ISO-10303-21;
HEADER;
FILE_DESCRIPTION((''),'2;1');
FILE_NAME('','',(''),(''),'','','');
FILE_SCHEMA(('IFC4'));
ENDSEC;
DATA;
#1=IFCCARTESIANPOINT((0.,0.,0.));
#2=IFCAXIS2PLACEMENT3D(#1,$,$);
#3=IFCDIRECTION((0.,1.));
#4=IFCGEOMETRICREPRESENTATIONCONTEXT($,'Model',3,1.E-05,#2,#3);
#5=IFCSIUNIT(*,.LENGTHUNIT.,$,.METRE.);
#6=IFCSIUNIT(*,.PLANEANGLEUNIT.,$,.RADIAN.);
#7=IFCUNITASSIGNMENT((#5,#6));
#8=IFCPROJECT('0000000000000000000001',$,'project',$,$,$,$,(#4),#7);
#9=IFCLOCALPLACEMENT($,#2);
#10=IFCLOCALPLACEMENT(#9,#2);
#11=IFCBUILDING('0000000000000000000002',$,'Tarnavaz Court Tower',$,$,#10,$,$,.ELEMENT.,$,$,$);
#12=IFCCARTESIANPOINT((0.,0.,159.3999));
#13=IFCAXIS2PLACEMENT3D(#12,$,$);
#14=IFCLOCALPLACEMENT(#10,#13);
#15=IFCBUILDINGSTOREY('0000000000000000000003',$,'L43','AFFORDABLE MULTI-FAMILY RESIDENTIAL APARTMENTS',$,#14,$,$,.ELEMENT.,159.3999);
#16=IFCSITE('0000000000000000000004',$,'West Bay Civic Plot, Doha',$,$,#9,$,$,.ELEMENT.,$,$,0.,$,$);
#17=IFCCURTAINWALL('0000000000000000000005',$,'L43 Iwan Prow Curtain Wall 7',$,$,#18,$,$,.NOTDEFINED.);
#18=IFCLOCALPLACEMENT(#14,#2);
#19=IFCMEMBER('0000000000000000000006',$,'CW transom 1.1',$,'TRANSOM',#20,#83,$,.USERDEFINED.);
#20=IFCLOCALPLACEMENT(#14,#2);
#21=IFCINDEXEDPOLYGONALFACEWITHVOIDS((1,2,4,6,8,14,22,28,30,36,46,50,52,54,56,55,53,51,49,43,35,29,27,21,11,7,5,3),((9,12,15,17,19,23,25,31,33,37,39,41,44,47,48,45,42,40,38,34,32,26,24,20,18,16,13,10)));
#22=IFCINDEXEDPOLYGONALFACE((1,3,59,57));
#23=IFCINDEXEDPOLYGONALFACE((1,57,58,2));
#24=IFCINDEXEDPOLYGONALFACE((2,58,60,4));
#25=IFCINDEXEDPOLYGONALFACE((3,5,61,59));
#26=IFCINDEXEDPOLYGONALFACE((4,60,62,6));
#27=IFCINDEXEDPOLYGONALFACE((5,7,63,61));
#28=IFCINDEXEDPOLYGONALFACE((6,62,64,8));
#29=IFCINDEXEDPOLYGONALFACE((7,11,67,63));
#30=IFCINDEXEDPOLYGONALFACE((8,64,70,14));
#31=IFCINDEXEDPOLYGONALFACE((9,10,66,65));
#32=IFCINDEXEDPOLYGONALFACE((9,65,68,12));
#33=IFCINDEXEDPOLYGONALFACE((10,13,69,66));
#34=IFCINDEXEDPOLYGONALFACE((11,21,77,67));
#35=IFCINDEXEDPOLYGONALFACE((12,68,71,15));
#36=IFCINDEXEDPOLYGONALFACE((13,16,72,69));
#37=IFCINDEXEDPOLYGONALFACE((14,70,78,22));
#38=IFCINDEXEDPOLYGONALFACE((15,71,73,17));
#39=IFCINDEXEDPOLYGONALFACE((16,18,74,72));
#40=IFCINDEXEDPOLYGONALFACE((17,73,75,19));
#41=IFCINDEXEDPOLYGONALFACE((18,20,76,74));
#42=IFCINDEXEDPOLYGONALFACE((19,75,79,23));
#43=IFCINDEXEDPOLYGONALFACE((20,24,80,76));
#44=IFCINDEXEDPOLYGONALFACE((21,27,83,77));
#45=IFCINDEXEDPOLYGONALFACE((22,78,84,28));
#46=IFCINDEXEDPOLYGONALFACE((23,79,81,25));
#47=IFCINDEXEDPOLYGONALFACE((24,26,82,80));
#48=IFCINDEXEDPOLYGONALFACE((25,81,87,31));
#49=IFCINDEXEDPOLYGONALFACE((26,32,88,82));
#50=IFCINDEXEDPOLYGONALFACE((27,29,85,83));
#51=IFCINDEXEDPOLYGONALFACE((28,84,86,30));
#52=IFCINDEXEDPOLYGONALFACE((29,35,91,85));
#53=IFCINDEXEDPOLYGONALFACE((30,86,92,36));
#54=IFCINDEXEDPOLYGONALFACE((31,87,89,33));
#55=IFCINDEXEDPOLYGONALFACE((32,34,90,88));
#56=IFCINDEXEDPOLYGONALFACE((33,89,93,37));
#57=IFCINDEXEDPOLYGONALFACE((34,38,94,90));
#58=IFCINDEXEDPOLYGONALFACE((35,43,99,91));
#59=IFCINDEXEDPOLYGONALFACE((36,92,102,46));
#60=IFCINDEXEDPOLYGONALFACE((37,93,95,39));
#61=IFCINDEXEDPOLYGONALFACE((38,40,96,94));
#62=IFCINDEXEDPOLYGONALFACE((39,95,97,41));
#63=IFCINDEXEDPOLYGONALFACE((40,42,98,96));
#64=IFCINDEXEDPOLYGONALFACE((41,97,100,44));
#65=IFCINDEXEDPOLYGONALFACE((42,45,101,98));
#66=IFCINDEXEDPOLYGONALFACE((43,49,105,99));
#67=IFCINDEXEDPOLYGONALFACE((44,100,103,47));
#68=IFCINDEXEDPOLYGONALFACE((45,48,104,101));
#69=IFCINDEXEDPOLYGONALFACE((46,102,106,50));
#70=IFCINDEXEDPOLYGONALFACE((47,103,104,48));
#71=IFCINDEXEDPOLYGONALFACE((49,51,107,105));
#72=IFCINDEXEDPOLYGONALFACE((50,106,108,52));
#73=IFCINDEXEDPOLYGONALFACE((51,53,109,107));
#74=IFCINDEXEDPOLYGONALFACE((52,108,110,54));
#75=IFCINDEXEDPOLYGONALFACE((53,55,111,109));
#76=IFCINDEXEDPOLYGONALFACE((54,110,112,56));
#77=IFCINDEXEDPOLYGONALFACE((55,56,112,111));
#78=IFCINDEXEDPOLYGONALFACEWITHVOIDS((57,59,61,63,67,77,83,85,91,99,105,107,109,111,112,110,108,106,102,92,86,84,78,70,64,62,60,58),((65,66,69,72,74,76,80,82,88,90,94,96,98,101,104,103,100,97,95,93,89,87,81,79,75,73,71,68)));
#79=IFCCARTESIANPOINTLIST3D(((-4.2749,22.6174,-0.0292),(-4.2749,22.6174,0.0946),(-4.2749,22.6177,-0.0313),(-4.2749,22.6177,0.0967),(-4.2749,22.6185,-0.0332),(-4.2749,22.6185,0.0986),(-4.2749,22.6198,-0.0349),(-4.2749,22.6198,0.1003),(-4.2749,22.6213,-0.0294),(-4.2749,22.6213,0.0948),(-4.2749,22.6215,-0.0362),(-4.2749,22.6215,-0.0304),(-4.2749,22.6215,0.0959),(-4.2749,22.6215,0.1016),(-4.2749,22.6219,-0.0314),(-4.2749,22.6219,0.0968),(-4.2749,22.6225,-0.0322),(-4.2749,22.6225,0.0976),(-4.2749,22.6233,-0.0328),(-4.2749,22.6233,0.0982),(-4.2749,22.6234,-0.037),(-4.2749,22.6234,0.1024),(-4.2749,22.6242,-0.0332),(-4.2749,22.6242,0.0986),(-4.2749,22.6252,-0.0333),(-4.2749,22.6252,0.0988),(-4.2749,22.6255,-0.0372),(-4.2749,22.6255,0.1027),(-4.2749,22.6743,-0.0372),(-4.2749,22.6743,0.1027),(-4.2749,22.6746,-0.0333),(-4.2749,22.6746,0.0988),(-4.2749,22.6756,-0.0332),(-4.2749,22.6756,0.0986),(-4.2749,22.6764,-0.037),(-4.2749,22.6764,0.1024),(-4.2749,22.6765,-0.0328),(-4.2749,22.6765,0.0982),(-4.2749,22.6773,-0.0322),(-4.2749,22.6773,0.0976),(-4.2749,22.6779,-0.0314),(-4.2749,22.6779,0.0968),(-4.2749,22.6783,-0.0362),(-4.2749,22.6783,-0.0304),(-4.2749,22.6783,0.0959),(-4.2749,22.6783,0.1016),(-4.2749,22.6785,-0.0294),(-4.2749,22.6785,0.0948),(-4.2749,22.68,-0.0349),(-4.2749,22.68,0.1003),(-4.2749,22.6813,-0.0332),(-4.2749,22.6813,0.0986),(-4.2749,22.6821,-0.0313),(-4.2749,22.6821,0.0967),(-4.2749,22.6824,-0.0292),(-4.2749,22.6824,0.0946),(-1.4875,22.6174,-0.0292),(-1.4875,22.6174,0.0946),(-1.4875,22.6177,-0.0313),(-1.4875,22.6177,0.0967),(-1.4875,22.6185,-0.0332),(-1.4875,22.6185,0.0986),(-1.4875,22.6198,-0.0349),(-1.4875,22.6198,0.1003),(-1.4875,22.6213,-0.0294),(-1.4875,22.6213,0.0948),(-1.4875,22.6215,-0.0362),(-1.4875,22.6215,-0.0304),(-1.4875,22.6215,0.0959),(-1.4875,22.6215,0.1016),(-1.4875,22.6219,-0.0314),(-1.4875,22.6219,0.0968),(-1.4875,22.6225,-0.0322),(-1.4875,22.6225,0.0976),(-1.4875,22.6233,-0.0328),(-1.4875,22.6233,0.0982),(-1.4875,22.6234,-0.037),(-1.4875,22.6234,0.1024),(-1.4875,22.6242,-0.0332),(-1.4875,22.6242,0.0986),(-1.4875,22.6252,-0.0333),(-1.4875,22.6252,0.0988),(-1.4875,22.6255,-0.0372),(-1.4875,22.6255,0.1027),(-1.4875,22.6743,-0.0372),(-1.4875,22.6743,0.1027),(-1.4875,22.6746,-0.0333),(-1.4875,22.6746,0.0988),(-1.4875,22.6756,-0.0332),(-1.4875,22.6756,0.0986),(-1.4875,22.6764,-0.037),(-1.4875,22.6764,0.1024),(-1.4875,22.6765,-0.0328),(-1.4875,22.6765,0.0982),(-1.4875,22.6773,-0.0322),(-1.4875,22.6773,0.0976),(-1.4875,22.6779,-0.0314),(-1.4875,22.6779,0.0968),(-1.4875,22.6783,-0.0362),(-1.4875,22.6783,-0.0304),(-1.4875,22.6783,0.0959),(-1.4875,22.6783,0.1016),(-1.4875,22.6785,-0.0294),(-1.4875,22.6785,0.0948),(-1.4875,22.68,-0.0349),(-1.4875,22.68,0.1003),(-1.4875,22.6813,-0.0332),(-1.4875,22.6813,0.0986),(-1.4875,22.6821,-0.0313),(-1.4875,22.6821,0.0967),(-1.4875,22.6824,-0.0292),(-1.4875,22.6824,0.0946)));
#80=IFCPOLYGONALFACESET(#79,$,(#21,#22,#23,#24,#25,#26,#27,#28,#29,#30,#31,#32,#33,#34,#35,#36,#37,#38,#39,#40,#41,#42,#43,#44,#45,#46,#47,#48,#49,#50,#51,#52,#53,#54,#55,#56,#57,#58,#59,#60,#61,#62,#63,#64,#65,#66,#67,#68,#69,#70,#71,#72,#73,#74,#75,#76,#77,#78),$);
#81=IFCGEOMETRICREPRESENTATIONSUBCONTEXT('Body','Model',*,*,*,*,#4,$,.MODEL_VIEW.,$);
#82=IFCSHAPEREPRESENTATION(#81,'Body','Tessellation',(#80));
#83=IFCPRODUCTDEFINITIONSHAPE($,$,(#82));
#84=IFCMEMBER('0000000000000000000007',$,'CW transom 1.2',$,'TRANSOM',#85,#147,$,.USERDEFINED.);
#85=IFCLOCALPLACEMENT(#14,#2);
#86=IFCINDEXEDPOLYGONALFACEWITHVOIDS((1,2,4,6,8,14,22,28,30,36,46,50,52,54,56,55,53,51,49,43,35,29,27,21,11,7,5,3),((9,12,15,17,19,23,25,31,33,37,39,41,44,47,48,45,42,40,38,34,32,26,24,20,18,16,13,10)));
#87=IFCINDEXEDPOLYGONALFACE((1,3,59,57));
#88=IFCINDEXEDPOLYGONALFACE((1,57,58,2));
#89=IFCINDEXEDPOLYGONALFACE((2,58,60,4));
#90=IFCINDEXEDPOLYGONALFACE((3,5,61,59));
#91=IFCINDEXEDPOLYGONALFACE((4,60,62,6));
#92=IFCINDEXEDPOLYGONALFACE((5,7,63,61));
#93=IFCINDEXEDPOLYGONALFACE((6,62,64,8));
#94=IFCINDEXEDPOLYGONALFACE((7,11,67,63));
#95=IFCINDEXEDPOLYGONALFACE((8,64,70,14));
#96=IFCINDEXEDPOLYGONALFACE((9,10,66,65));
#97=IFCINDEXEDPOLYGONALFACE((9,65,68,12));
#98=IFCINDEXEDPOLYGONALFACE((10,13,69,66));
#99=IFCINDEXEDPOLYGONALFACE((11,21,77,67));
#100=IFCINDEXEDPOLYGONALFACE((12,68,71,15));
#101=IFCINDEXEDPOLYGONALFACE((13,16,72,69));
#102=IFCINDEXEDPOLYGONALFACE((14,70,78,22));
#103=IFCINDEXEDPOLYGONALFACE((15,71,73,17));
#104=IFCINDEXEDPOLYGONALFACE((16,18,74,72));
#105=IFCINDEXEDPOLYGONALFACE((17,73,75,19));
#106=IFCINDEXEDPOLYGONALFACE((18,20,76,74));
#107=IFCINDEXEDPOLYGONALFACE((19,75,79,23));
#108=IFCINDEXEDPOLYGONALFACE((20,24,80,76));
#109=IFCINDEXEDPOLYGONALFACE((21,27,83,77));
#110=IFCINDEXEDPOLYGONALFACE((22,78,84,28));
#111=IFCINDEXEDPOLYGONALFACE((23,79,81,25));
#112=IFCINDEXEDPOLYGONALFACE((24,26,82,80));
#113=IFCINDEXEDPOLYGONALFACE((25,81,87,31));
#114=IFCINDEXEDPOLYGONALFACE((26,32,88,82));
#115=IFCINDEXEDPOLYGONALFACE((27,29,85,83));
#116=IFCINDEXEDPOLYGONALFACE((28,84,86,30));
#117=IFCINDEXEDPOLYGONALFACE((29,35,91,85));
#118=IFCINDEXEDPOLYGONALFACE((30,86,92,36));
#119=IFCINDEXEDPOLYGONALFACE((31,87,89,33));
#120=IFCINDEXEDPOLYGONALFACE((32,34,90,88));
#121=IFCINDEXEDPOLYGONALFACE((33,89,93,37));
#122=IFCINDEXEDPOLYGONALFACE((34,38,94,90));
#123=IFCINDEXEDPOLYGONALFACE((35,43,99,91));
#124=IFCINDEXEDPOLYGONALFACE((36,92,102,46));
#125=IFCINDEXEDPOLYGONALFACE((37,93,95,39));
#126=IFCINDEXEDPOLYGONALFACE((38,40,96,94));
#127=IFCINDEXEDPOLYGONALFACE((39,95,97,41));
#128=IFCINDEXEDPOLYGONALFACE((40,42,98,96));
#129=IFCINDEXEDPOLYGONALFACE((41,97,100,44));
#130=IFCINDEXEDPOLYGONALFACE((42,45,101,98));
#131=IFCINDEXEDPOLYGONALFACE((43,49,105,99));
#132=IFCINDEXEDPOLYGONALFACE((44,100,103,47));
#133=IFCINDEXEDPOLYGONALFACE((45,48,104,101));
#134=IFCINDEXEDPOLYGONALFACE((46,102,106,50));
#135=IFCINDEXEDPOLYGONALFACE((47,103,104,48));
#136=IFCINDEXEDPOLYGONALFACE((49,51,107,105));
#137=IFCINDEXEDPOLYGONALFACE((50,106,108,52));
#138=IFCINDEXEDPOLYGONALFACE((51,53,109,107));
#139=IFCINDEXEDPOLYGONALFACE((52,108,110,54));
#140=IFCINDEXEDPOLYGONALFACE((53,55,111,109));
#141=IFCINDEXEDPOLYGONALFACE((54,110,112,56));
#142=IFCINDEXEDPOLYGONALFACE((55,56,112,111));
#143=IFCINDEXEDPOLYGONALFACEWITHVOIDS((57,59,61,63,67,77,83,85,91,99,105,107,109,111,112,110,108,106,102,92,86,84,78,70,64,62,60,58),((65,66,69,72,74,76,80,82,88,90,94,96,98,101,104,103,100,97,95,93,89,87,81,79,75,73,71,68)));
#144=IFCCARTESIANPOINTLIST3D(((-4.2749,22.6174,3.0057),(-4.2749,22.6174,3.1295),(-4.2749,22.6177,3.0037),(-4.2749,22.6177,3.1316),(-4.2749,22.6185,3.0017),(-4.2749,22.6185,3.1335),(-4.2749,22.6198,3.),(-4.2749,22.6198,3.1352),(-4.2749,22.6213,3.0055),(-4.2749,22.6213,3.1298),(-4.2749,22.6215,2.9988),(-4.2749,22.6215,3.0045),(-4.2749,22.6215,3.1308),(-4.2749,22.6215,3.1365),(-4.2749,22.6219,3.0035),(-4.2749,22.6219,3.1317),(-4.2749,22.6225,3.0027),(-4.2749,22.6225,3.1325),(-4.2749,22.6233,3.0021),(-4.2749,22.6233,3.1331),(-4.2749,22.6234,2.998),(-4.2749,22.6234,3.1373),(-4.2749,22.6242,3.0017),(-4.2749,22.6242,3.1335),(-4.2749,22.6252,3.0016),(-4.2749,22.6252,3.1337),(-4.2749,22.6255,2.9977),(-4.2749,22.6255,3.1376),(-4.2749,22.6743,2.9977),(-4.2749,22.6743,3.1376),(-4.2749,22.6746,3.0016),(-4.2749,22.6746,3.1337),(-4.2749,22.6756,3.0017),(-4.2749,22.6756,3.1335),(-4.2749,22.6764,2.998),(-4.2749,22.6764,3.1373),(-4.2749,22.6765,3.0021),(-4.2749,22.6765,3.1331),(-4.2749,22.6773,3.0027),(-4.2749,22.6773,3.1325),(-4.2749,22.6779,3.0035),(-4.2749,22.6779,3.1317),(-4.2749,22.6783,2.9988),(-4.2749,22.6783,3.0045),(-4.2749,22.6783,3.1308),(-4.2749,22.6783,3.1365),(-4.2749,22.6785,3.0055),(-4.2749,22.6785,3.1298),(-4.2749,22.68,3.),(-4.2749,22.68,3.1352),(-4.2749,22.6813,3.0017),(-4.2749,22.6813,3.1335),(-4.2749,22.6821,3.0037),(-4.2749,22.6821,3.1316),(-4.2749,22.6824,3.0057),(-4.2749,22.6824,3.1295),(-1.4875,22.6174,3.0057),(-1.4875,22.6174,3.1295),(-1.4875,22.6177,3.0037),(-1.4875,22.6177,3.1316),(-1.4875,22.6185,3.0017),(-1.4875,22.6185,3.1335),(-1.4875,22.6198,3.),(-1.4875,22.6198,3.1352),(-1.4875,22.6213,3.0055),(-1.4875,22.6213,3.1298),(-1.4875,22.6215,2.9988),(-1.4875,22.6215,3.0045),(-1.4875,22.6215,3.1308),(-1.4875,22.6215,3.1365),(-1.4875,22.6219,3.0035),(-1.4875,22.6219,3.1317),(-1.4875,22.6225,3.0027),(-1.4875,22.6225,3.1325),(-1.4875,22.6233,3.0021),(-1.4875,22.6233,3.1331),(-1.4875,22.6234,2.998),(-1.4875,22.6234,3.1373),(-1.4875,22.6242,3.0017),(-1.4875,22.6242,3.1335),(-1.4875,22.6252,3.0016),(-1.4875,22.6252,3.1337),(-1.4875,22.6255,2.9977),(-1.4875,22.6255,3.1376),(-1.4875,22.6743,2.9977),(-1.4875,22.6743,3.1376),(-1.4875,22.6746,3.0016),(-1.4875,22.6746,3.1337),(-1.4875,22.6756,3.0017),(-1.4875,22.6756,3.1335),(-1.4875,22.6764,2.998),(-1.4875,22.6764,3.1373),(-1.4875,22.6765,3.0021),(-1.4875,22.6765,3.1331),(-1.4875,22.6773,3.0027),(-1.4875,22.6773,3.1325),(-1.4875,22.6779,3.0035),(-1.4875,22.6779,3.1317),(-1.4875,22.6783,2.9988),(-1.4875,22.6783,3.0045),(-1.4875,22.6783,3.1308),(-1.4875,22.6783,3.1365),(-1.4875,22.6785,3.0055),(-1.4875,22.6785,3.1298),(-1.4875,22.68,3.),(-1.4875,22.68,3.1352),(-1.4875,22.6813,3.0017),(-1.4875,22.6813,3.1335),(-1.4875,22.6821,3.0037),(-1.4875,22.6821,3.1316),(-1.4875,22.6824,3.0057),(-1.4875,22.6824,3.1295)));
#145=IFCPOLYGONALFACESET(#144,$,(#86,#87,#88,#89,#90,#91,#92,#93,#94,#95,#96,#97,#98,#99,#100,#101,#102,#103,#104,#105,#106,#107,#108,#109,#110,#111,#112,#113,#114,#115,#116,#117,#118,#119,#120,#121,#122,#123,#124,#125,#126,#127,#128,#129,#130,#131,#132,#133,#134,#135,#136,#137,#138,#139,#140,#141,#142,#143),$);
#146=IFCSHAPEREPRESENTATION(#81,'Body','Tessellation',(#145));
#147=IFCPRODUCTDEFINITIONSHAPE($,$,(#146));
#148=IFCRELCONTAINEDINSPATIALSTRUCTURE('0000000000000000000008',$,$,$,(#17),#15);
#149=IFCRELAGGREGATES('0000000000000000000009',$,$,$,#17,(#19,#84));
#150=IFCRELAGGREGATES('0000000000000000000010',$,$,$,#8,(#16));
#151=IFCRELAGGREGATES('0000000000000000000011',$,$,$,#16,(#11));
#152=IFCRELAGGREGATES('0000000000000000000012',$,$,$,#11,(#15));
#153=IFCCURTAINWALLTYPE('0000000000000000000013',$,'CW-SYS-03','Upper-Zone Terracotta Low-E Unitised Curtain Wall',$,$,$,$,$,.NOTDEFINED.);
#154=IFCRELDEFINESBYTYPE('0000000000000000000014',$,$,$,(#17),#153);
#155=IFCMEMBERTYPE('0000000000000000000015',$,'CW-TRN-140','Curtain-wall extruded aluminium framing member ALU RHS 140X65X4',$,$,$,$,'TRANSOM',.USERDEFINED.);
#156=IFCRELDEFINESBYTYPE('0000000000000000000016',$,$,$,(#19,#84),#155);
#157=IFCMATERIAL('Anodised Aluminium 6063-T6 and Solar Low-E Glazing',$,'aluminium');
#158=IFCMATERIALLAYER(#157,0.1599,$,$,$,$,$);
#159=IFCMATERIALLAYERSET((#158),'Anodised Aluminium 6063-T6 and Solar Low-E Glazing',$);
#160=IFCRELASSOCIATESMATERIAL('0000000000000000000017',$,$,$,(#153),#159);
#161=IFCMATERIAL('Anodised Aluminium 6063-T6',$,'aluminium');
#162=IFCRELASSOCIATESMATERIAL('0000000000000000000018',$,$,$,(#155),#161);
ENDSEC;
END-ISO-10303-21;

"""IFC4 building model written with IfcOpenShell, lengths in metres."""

from ifc_helpers import new_model, si_unit, direction, frame, origin, origin_2d, place, context, subcontext, project, spatial, hollow_rectangle, extrude, material, layer, layer_set, material_profile, profile_set, type_object, element, aggregate, save


model = new_model("IFC4")

# Units and contexts
model_context = context("Model", 3, precision=1e-05, world=origin(), true_north=direction((0.0, 1.0)))
body_context = subcontext(model_context, "Body", "Model", "MODEL_VIEW")
ifc_project = project(units=[si_unit("LENGTHUNIT", "METRE"), si_unit("PLANEANGLEUNIT", "RADIAN")], contexts=[model_context])

# Site, building, storey
site_placement = place(None, origin())
site = spatial("IfcSite", under=ifc_project, at=site_placement, Name="West Bay Civic Plot, Doha", CompositionType="ELEMENT", RefElevation=0.0)
building_placement = place(site_placement, origin())
building = spatial("IfcBuilding", under=site, at=building_placement, Name="Tarnavaz Court Tower", CompositionType="ELEMENT")
storey_placement = place(building_placement, frame((0.0, 0.0, 159.3999)))
storey = spatial("IfcBuildingStorey", under=building, at=storey_placement, Name="L43", Description="AFFORDABLE MULTI-FAMILY RESIDENTIAL APARTMENTS", CompositionType="ELEMENT", Elevation=159.3999)

# Curtain wall, members
ifc_material_1 = material(Name="Anodised Aluminium 6063-T6 and Solar Low-E Glazing", Category="aluminium")
ifc_layer_1 = layer(ifc_material_1, 0.1599)
ifc_layer_set_1 = layer_set([ifc_layer_1], Name="Anodised Aluminium 6063-T6 and Solar Low-E Glazing")
curtain_wall_type = type_object("IfcCurtainWallType", Name="CW-SYS-03", Description="Upper-Zone Terracotta Low-E Unitised Curtain Wall", PredefinedType="NOTDEFINED", material=ifc_layer_set_1)
curtain_wall_placement = place(storey_placement, origin())
curtain_wall = element("IfcCurtainWall", 1, at=curtain_wall_placement, inside=storey, type_object=curtain_wall_type, Name="L43 Iwan Prow Curtain Wall 7", PredefinedType="NOTDEFINED")
ifc_material_2 = material(Name="Anodised Aluminium 6063-T6", Category="aluminium")
ifc_material_profile_1 = material_profile(ifc_material_2, hollow_rectangle(XDim=0.0649, YDim=0.1399, WallThickness=0.0039, InnerFilletRadius=0.0039, OuterFilletRadius=0.0081, at=origin_2d()), Name="ALU RHS 140X65X4")
ifc_profile_set_1 = profile_set([ifc_material_profile_1], Name="Anodised Aluminium 6063-T6")
member_type_1 = type_object("IfcMemberType", Name="CW-TRN-140", Description="Curtain-wall extruded aluminium framing member ALU RHS 140X65X4", ElementType="TRANSOM", PredefinedType="USERDEFINED", material=ifc_profile_set_1)
member_1_placement = place(storey_placement, frame((-4.2749, 22.6499, 0.0327), z_axis=(1.0, 0.0, 0.0), x_axis=(0.0, 1.0, 0.0)))
member_1 = element("IfcMember", 2, at=member_1_placement, type_object=member_type_1, Name="CW transom 1.1", ObjectType="TRANSOM", PredefinedType="USERDEFINED", context=body_context, shape_type="SweptSolid", body=[
    extrude(hollow_rectangle(XDim=0.0649, YDim=0.1399, WallThickness=0.0039, InnerFilletRadius=0.0039, OuterFilletRadius=0.0081, at=origin_2d()), origin(), (0.0, 0.0, 1.0), 2.7874),
])
member_2_placement = place(storey_placement, frame((-4.2749, 22.6499, 3.0676), z_axis=(1.0, 0.0, 0.0), x_axis=(0.0, 1.0, 0.0)))
member_2 = element("IfcMember", 3, at=member_2_placement, type_object=member_type_1, Name="CW transom 1.2", ObjectType="TRANSOM", PredefinedType="USERDEFINED", context=body_context, shape_type="SweptSolid", body=[
    extrude(hollow_rectangle(XDim=0.0649, YDim=0.1399, WallThickness=0.0039, InnerFilletRadius=0.0039, OuterFilletRadius=0.0081, at=origin_2d()), origin(), (0.0, 0.0, 1.0), 2.7874),
])
aggregate(curtain_wall, [member_1, member_2])

save(model, "model.ifc")
